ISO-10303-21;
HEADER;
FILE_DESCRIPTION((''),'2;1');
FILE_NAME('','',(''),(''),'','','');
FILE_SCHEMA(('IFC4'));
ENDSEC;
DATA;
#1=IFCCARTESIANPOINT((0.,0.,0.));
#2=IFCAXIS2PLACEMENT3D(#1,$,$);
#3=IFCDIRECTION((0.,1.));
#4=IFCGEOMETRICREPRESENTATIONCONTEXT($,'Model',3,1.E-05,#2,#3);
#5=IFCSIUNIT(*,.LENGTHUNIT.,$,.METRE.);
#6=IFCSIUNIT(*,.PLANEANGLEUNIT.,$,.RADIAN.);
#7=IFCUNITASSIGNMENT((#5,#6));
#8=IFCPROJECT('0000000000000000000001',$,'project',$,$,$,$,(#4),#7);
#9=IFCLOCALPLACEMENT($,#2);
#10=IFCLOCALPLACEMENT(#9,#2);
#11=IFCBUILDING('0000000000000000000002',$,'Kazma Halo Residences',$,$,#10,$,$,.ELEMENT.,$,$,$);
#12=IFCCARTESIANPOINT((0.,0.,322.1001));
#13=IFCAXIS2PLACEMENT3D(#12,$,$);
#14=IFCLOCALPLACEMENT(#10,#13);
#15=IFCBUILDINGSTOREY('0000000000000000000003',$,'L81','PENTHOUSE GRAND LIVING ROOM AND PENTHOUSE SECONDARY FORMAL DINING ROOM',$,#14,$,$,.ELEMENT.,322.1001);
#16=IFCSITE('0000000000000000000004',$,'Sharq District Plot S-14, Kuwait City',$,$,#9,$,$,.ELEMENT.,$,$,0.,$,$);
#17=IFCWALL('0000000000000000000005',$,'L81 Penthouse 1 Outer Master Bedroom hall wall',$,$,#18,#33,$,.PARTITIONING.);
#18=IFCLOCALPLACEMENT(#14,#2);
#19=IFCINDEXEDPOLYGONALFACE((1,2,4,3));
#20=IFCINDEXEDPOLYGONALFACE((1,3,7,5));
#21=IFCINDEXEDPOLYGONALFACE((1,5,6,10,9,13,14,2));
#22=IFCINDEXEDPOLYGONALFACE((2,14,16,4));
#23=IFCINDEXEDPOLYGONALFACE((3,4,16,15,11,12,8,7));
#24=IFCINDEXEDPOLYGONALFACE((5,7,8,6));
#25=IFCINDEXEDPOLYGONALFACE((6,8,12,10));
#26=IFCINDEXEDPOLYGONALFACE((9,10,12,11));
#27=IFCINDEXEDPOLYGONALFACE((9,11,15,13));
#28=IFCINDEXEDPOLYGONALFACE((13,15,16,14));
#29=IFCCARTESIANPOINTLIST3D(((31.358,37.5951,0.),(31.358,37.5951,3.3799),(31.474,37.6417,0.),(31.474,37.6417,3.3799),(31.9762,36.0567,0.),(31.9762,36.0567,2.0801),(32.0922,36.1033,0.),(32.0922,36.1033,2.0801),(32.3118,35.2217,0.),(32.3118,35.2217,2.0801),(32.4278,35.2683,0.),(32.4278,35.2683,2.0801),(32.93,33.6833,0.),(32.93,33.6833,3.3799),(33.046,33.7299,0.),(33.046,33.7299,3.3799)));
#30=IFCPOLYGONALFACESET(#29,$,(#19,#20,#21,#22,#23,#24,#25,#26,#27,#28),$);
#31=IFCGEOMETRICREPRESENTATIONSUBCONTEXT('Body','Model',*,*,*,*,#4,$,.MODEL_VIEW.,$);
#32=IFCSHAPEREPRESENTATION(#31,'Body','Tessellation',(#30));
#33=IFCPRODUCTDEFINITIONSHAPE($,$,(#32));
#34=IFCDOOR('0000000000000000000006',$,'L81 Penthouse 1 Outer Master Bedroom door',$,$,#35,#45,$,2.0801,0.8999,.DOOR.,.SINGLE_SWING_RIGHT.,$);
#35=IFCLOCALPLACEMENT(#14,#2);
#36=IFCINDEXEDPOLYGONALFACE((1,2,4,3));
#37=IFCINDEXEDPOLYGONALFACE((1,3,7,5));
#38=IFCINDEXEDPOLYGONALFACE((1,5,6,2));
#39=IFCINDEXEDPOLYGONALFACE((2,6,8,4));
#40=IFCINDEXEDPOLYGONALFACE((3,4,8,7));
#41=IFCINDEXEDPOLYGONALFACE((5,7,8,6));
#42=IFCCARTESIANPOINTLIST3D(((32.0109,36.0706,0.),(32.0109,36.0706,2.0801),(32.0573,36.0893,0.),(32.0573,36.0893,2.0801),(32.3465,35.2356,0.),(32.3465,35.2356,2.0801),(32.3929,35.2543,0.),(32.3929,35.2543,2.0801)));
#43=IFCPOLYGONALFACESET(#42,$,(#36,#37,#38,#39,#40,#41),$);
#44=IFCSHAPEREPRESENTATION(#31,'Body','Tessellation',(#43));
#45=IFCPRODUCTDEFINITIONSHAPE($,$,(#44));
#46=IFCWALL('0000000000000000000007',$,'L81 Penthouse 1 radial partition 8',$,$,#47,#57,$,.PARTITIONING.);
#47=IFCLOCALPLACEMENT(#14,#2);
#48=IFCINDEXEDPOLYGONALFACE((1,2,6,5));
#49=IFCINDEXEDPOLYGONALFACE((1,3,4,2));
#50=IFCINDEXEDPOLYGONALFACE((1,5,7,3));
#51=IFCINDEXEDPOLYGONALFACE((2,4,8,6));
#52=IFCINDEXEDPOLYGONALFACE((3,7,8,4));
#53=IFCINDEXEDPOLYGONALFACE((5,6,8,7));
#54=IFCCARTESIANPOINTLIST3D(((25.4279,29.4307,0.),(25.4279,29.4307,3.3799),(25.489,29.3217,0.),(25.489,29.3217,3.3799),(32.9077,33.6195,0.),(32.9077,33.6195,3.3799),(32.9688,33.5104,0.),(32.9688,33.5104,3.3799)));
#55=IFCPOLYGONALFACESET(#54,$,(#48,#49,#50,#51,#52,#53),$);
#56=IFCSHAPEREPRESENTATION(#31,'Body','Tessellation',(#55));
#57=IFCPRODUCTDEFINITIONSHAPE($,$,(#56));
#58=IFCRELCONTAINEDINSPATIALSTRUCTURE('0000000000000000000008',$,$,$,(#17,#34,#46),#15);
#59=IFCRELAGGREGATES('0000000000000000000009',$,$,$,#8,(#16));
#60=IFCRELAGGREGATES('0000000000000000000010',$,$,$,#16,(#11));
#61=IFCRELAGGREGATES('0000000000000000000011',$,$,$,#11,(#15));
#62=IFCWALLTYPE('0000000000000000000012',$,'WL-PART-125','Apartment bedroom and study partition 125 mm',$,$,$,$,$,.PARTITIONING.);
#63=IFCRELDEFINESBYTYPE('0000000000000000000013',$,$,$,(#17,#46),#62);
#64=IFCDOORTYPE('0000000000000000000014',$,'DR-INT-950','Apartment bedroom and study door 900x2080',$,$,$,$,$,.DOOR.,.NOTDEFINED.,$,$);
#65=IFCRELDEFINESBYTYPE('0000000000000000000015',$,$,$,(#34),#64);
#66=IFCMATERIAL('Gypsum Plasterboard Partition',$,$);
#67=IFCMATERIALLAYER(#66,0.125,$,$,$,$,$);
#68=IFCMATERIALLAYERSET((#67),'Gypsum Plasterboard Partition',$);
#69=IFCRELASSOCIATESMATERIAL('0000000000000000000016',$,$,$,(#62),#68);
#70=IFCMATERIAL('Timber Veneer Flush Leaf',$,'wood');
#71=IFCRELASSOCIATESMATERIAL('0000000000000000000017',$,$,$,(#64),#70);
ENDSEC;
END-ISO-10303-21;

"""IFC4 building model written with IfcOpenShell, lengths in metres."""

from ifc_helpers import new_model, si_unit, direction, frame, frame_2d, origin, place, context, subcontext, project, spatial, rectangle, extrude, material, layer, layer_set, type_object, element, fill, save


model = new_model("IFC4")

# Units and contexts
model_context = context("Model", 3, precision=1e-05, world=origin(), true_north=direction((0.0, 1.0)))
body_context = subcontext(model_context, "Body", "Model", "MODEL_VIEW")
ifc_project = project(units=[si_unit("LENGTHUNIT", "METRE"), si_unit("PLANEANGLEUNIT", "RADIAN")], contexts=[model_context])

# Site, building, storey
site_placement = place(None, origin())
site = spatial("IfcSite", under=ifc_project, at=site_placement, Name="Sharq District Plot S-14, Kuwait City", CompositionType="ELEMENT", RefElevation=0.0)
building_placement = place(site_placement, origin())
building = spatial("IfcBuilding", under=site, at=building_placement, Name="Kazma Halo Residences", CompositionType="ELEMENT")
storey_placement = place(building_placement, frame((0.0, 0.0, 322.1001)))
storey = spatial("IfcBuildingStorey", under=building, at=storey_placement, Name="L81", Description="PENTHOUSE GRAND LIVING ROOM AND PENTHOUSE SECONDARY FORMAL DINING ROOM", CompositionType="ELEMENT", Elevation=322.1001)

# Shared definitions
ifc_material_1 = material(Name="Gypsum Plasterboard Partition")
ifc_layer_1 = layer(ifc_material_1, 0.125)
ifc_layer_set_1 = layer_set([ifc_layer_1], Name="Gypsum Plasterboard Partition")
wall_type_1 = type_object("IfcWallType", Name="WL-PART-125", Description="Apartment bedroom and study partition 125 mm", PredefinedType="PARTITIONING", material=ifc_layer_set_1)

# Wall, opening, door
wall_1_placement = place(storey_placement, frame((31.416, 37.6184, 0.0), z_axis=(0.0, 0.0, 1.0), x_axis=(0.372878, -0.92788, 0.0)))
wall_1 = element("IfcWall", 1, at=wall_1_placement, inside=storey, type_object=wall_type_1, Name="L81 Penthouse 1 Outer Master Bedroom hall wall", PredefinedType="PARTITIONING", context=body_context, shape_type="SweptSolid", body=[
    extrude(rectangle(XDim=4.2158, YDim=0.125, at=frame_2d((2.1079, 0.0))), origin(), (0.0, 0.0, 1.0), 3.3799),
])
opening_1_placement = place(wall_1_placement, frame((1.658, 0.0, 0.0)))
opening_1 = element("IfcOpeningElement", 2, at=opening_1_placement, cuts=wall_1, PredefinedType="OPENING", context=body_context, shape_type="SweptSolid", body=[
    extrude(rectangle(XDim=0.8999, YDim=2.0801, at=frame_2d((0.45, 1.04))), frame((0.0, 0.0725, 0.0), z_axis=(0.0, -1.0, 0.0), x_axis=(1.0, 0.0, 0.0)), (0.0, 0.0, 1.0), 0.145),
])
ifc_material_2 = material(Name="Timber Veneer Flush Leaf", Category="wood")
door_type_1 = type_object("IfcDoorType", Name="DR-INT-950", Description="Apartment bedroom and study door 900x2080", OperationType="NOTDEFINED", PredefinedType="DOOR", material=ifc_material_2)
door_1_placement = place(opening_1_placement, origin())
door_1 = element("IfcDoor", 3, at=door_1_placement, inside=storey, type_object=door_type_1, Name="L81 Penthouse 1 Outer Master Bedroom door", OperationType="SINGLE_SWING_RIGHT", OverallHeight=2.0801, OverallWidth=0.8999, PredefinedType="DOOR", context=body_context, shape_type="SweptSolid", body=[
    extrude(rectangle(XDim=0.8999, YDim=2.0801, at=frame_2d((0.45, 1.04))), frame((0.0, 0.0249, 0.0), z_axis=(0.0, -1.0, 0.0), x_axis=(1.0, 0.0, 0.0)), (0.0, 0.0, 1.0), 0.05),
])
fill(opening_1, door_1)

# Wall
wall_2_placement = place(storey_placement, frame((32.9382, 33.5649, 0.0), z_axis=(0.0, 0.0, 1.0), x_axis=(-0.872503, -0.488609, 0.0)))
element("IfcWall", 4, at=wall_2_placement, inside=storey, type_object=wall_type_1, Name="L81 Penthouse 1 radial partition 8", PredefinedType="PARTITIONING", context=body_context, shape_type="SweptSolid", body=[
    extrude(rectangle(XDim=8.5728, YDim=0.125, at=frame_2d((4.2864, 0.0))), origin(), (0.0, 0.0, 1.0), 3.3799),
])

save(model, "model.ifc")
